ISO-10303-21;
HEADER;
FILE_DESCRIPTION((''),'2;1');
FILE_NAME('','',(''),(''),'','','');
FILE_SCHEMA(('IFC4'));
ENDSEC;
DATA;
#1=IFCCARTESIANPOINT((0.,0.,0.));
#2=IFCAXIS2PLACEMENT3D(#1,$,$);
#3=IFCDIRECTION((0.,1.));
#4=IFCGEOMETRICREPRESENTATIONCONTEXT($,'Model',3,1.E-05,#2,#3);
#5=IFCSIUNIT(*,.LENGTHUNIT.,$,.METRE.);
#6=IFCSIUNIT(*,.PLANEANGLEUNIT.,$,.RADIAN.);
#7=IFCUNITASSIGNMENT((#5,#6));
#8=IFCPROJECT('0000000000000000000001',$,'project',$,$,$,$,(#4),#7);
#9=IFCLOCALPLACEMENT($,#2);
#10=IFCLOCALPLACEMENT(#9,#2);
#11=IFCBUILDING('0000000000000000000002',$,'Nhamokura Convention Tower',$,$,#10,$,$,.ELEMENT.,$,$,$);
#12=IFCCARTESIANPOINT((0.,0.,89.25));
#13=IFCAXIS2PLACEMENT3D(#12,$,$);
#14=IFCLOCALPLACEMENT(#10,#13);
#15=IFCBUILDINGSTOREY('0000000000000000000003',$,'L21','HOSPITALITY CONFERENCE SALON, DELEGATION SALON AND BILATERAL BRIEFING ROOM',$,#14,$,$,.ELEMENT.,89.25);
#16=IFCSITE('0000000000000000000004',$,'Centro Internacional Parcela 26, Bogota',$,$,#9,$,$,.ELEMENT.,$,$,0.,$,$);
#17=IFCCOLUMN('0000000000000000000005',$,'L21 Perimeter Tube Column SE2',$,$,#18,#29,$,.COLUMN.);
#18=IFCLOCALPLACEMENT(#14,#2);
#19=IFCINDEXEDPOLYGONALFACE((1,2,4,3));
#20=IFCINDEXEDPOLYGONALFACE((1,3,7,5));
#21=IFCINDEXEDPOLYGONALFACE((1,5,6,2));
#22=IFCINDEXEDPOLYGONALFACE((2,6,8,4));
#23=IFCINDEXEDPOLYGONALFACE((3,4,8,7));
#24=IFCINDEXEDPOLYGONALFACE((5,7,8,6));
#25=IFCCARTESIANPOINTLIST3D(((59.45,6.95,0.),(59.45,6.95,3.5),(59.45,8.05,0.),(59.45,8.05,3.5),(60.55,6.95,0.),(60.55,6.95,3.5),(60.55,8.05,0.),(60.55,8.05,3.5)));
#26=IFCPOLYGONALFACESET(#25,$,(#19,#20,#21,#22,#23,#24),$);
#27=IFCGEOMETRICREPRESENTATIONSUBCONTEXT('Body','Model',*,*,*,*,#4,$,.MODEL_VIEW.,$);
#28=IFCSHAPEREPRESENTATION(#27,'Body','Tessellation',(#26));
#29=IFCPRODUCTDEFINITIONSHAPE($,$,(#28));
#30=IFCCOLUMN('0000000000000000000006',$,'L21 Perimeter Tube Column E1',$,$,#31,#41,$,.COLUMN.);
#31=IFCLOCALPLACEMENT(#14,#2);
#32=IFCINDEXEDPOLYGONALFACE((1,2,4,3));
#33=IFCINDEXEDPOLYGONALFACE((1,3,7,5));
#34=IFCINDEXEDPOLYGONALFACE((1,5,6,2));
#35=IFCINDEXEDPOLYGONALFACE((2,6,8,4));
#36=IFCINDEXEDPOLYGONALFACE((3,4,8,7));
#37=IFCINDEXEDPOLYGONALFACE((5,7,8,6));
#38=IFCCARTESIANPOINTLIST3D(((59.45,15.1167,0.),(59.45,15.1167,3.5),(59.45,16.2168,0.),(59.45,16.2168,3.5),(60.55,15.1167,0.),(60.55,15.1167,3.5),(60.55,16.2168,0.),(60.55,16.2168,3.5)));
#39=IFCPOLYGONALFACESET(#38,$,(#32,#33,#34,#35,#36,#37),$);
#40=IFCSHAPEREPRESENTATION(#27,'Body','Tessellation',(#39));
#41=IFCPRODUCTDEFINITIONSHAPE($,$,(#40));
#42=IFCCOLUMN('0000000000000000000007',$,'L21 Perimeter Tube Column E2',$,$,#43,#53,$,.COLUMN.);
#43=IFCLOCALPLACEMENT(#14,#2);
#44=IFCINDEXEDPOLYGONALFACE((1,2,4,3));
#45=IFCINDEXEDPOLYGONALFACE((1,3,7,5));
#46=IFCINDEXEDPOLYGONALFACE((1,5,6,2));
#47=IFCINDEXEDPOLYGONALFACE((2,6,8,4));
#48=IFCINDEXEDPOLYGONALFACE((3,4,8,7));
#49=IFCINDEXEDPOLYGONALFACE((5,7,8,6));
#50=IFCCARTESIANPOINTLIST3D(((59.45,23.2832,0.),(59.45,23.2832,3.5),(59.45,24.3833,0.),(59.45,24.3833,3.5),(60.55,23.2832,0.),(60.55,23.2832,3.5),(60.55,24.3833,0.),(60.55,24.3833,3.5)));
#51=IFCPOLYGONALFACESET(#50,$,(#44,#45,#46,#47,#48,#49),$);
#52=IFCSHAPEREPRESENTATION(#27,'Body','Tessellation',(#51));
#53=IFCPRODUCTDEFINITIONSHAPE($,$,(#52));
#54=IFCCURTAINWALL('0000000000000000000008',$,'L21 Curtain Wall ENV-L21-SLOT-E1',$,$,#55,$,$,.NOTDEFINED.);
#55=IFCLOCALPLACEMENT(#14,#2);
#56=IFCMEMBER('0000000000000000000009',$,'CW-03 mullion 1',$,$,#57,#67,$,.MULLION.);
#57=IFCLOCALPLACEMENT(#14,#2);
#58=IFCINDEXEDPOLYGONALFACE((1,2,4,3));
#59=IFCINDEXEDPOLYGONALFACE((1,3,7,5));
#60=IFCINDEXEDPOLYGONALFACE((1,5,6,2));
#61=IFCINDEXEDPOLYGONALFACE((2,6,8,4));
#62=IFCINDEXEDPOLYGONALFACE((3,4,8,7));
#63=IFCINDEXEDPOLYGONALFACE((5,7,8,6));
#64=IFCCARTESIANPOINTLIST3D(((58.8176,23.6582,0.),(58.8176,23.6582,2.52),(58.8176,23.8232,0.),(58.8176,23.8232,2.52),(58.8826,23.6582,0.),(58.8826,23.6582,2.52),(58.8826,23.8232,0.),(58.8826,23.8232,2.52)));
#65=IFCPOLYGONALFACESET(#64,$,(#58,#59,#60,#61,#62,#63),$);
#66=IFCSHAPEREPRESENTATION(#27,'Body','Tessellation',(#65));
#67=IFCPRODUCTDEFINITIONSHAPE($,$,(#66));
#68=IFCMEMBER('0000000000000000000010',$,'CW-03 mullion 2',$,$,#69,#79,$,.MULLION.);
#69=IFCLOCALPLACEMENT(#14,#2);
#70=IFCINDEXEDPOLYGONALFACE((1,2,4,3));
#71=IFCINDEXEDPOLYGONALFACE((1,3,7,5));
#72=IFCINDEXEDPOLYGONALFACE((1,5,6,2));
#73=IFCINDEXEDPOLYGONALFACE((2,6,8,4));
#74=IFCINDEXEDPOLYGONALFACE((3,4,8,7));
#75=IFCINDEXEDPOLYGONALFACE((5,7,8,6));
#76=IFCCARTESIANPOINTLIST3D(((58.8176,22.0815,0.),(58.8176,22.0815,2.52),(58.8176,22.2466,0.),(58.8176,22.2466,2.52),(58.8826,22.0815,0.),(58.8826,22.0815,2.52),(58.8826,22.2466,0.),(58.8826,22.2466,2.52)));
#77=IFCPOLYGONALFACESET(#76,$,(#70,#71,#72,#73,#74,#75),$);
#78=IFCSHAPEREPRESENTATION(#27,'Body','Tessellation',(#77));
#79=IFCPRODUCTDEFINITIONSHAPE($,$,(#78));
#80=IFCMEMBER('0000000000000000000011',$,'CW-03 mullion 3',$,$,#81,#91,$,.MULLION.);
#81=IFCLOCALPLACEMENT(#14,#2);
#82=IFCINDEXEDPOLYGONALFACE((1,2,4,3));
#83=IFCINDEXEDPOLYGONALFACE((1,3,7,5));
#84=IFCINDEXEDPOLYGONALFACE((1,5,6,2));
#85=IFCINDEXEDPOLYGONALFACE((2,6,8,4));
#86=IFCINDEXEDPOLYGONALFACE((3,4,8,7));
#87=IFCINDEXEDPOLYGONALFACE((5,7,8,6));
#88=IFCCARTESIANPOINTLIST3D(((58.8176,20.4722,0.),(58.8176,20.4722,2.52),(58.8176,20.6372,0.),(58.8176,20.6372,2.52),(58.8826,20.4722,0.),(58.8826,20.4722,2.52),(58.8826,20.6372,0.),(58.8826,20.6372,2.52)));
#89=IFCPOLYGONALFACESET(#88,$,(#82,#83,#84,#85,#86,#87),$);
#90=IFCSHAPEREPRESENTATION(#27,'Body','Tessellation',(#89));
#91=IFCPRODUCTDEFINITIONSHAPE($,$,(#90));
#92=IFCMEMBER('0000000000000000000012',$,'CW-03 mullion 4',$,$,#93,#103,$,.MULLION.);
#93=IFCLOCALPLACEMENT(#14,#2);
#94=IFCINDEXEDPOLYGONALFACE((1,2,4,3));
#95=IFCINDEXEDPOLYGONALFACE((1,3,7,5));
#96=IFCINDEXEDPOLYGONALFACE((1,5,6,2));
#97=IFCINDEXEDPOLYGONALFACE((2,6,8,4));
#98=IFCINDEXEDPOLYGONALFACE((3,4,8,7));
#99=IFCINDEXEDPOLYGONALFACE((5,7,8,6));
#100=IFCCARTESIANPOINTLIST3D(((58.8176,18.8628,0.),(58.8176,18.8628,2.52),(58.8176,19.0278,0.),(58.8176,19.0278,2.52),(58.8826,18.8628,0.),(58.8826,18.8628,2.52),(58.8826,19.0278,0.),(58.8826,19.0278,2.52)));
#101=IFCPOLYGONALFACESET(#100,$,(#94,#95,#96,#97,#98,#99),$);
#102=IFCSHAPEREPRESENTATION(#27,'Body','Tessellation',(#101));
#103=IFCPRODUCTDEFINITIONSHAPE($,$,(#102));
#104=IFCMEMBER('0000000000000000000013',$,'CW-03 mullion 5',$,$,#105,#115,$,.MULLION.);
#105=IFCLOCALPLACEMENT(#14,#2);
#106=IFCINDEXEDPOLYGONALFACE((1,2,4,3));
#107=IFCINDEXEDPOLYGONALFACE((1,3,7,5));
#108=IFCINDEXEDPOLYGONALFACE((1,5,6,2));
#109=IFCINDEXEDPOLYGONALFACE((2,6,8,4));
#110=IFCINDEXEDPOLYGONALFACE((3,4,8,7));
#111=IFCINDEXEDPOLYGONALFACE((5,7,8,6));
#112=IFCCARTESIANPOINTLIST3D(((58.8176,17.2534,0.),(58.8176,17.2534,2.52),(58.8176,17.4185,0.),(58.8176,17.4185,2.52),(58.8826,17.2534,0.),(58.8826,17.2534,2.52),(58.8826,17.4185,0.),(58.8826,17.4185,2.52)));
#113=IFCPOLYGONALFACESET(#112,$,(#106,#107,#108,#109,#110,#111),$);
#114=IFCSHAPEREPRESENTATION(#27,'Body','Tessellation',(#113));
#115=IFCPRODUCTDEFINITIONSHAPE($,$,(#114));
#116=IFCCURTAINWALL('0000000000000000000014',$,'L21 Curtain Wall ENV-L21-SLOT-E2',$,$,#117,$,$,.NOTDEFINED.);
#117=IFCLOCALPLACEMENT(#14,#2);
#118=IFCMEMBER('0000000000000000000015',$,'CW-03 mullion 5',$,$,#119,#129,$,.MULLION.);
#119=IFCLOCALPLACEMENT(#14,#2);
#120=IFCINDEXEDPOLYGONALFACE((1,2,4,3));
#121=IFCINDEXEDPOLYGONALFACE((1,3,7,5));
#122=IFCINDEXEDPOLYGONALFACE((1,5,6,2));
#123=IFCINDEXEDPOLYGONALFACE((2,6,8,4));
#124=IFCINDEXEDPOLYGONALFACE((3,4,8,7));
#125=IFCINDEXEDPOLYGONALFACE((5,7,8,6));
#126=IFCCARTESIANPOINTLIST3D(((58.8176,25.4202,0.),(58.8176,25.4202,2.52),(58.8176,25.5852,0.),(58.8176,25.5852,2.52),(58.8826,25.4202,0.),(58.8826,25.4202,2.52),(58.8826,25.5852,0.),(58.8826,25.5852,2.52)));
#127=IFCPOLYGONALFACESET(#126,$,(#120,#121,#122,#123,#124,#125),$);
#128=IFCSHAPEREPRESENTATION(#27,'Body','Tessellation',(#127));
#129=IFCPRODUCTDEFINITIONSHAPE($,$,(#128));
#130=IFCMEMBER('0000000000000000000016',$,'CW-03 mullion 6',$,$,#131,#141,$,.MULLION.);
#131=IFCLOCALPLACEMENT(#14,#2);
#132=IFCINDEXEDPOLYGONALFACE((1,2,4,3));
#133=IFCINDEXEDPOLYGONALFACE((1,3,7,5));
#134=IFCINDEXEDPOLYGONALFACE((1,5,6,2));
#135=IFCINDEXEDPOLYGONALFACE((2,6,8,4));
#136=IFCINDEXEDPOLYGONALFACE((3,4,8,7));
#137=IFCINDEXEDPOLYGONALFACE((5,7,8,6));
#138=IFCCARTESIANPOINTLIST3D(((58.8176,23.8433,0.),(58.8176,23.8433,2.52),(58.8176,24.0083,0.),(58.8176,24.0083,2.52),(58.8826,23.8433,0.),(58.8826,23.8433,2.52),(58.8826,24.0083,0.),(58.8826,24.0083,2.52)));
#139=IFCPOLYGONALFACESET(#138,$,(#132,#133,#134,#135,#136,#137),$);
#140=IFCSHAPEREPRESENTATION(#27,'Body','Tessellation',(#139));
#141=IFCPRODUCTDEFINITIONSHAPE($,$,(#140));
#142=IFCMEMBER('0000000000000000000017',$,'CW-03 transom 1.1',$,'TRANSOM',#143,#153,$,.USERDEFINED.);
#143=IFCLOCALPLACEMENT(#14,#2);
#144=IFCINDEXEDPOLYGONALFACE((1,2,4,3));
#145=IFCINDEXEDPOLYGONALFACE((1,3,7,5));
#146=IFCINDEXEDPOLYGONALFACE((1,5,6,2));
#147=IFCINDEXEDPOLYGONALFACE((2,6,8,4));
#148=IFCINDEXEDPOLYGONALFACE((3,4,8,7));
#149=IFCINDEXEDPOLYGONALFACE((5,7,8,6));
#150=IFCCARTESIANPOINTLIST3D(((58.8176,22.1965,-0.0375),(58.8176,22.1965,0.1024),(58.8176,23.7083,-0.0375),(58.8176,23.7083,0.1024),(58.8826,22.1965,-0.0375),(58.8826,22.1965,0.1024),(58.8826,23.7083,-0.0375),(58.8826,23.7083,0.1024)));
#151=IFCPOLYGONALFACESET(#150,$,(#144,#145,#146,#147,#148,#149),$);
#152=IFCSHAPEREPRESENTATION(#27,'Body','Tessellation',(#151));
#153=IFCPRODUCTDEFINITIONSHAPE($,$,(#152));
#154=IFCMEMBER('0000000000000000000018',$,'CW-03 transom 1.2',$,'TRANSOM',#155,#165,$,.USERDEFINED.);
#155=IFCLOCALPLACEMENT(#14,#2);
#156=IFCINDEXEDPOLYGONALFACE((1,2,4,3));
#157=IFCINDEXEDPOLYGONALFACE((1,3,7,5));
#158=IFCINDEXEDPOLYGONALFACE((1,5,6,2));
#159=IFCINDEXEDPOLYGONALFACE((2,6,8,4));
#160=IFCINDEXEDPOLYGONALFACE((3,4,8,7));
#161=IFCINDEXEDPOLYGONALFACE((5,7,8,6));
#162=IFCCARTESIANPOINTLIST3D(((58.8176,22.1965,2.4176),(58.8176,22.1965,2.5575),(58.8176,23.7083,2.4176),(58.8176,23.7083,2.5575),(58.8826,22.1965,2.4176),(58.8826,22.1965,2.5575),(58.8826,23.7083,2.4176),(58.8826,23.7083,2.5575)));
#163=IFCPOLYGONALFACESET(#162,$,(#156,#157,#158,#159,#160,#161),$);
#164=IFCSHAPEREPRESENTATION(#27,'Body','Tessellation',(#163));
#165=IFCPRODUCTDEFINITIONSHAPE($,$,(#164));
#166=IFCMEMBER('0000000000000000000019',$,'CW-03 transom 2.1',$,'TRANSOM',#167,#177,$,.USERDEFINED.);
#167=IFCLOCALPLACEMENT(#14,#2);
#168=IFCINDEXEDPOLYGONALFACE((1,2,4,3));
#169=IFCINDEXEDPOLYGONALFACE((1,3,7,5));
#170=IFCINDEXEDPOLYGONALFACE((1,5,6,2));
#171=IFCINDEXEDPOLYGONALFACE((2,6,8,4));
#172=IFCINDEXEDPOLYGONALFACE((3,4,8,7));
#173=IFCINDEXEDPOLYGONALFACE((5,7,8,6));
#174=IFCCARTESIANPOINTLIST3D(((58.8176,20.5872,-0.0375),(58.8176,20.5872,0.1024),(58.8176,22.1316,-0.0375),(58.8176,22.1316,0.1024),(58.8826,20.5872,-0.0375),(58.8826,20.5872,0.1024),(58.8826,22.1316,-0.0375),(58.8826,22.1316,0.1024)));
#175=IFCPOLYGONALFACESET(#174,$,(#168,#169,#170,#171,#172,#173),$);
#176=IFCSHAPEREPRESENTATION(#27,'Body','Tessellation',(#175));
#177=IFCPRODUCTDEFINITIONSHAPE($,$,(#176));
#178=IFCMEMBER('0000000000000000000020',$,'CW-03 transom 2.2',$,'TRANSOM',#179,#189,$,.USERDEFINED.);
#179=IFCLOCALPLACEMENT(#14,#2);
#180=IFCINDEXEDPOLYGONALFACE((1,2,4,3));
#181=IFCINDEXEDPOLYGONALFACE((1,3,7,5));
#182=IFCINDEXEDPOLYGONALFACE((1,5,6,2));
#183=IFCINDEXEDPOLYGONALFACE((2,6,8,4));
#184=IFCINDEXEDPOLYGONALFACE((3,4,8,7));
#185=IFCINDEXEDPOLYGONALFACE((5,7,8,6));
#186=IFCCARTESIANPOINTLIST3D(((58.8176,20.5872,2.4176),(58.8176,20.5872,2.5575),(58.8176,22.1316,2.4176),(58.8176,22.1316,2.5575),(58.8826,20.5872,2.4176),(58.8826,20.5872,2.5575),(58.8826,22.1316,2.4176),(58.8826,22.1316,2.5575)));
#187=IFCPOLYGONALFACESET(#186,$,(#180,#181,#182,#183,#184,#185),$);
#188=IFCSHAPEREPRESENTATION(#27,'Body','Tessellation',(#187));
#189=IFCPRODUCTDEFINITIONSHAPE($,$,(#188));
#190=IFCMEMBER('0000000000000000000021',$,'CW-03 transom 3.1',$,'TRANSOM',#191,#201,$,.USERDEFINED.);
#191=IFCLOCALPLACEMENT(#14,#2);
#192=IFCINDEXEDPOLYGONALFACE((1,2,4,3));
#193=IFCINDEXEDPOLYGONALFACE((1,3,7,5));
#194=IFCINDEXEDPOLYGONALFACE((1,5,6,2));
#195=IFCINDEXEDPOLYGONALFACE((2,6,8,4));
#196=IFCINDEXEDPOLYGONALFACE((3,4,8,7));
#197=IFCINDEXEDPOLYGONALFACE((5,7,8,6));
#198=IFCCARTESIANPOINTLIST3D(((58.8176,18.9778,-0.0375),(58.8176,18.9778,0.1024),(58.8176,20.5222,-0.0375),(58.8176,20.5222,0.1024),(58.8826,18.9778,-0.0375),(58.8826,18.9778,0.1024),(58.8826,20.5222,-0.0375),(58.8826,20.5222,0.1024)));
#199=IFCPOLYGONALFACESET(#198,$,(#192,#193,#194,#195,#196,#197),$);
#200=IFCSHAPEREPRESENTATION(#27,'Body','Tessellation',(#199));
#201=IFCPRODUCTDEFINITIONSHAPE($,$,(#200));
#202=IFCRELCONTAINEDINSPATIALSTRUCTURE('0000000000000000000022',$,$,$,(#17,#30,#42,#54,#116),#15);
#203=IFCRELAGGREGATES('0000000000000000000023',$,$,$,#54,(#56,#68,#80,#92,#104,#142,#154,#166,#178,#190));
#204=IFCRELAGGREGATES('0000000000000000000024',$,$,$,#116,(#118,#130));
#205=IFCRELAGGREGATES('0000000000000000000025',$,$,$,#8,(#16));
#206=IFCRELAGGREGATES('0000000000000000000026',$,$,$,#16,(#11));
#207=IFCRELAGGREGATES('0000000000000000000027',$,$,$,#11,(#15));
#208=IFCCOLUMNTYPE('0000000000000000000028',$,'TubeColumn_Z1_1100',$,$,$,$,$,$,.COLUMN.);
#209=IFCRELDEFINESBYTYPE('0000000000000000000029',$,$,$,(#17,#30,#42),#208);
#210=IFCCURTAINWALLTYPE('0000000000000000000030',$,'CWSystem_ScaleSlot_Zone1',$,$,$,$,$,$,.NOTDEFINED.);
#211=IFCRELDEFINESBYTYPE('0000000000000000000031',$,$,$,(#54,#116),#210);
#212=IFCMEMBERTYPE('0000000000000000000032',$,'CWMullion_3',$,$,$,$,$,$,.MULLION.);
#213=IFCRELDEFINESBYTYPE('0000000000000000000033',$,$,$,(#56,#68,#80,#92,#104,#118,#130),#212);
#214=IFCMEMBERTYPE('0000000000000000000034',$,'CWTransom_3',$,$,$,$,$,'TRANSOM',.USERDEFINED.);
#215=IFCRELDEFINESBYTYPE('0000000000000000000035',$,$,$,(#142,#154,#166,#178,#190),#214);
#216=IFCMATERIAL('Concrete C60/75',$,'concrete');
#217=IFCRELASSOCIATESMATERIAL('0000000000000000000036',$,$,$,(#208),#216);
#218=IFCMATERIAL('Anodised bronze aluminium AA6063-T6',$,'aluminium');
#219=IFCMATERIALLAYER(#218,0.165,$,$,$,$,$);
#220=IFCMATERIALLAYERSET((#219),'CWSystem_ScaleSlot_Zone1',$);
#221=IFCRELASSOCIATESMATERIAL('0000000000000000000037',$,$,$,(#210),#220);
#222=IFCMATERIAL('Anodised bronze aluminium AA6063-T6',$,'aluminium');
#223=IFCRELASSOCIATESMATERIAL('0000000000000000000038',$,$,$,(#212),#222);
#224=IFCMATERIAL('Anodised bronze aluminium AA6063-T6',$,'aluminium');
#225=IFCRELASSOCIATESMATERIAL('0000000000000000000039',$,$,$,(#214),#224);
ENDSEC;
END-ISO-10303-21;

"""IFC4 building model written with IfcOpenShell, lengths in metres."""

from ifc_helpers import new_model, si_unit, direction, frame, origin, origin_2d, place, context, subcontext, project, spatial, rectangle, extrude, material, layer, layer_set, material_profile, profile_set, type_object, element, aggregate, save


model = new_model("IFC4")

# Units and contexts
model_context = context("Model", 3, precision=1e-05, world=origin(), true_north=direction((0.0, 1.0)))
body_context = subcontext(model_context, "Body", "Model", "MODEL_VIEW")
ifc_project = project(units=[si_unit("LENGTHUNIT", "METRE"), si_unit("PLANEANGLEUNIT", "RADIAN")], contexts=[model_context])

# Site, building, storey
site_placement = place(None, origin())
site = spatial("IfcSite", under=ifc_project, at=site_placement, Name="Centro Internacional Parcela 26, Bogota", CompositionType="ELEMENT", RefElevation=0.0)
building_placement = place(site_placement, origin())
building = spatial("IfcBuilding", under=site, at=building_placement, Name="Nhamokura Convention Tower", CompositionType="ELEMENT")
storey_placement = place(building_placement, frame((0.0, 0.0, 89.25)))
storey = spatial("IfcBuildingStorey", under=building, at=storey_placement, Name="L21", Description="HOSPITALITY CONFERENCE SALON, DELEGATION SALON AND BILATERAL BRIEFING ROOM", CompositionType="ELEMENT", Elevation=89.25)

# Columns
ifc_material_1 = material(Name="Concrete C60/75", Category="concrete")
ifc_material_profile_1 = material_profile(ifc_material_1, rectangle(XDim=1.1001, YDim=1.1001, at=origin_2d()))
ifc_profile_set_1 = profile_set([ifc_material_profile_1], Name="Concrete C60/75")
column_type = type_object("IfcColumnType", Name="TubeColumn_Z1_1100", PredefinedType="COLUMN", material=ifc_profile_set_1)
for number, where, z_axis, x_axis, name in (
    (1, (60.0, 7.5, 0.0), (0.0, 0.0, 1.0), (1.0, 0.0, 0.0), "L21 Perimeter Tube Column SE2"),
    (2, (60.0, 15.6667, 0.0), (0.0, 0.0, 1.0), (1.0, 0.0, 0.0), "L21 Perimeter Tube Column E1"),
    (3, (60.0, 23.8333, 0.0), (0.0, 0.0, 1.0), (1.0, 0.0, 0.0), "L21 Perimeter Tube Column E2"),
):
    element("IfcColumn", number, at=place(storey_placement, frame(where, z_axis=z_axis, x_axis=x_axis)), inside=storey, type_object=column_type, Name=name, PredefinedType="COLUMN", context=body_context, shape_type="SweptSolid", body=[
        extrude(rectangle(XDim=1.1001, YDim=1.1001, at=origin_2d()), origin(), (0.0, 0.0, 1.0), 3.5),
    ])

# Curtain walls, members
ifc_material_2 = material(Name="Anodised bronze aluminium AA6063-T6", Category="aluminium")
ifc_layer_1 = layer(ifc_material_2, 0.165)
ifc_layer_set_1 = layer_set([ifc_layer_1], Name="CWSystem_ScaleSlot_Zone1")
curtain_wall_type = type_object("IfcCurtainWallType", Name="CWSystem_ScaleSlot_Zone1", PredefinedType="NOTDEFINED", material=ifc_layer_set_1)
curtain_wall_1_placement = place(storey_placement, origin())
curtain_wall_1 = element("IfcCurtainWall", 4, at=curtain_wall_1_placement, inside=storey, type_object=curtain_wall_type, Name="L21 Curtain Wall ENV-L21-SLOT-E1", PredefinedType="NOTDEFINED")
ifc_material_3 = material(Name="Anodised bronze aluminium AA6063-T6", Category="aluminium")
ifc_material_profile_2 = material_profile(ifc_material_3, rectangle(XDim=0.0649, YDim=0.165, at=origin_2d()))
ifc_profile_set_2 = profile_set([ifc_material_profile_2], Name="Anodised bronze aluminium AA6063-T6")
member_type_1 = type_object("IfcMemberType", Name="CWMullion_3", PredefinedType="MULLION", material=ifc_profile_set_2)
member_1_placement = place(storey_placement, frame((58.8501, 23.7407, 0.0), z_axis=(0.0, 0.0, 1.0), x_axis=(1.0, 0.0, 0.0)))
member_1 = element("IfcMember", 5, at=member_1_placement, type_object=member_type_1, Name="CW-03 mullion 1", PredefinedType="MULLION", context=body_context, shape_type="SweptSolid", body=[
    extrude(rectangle(XDim=0.0649, YDim=0.165, at=origin_2d()), origin(), (0.0, 0.0, 1.0), 2.52),
])
member_2_placement = place(storey_placement, frame((58.8501, 22.1641, 0.0), z_axis=(0.0, 0.0, 1.0), x_axis=(1.0, 0.0, 0.0)))
member_2 = element("IfcMember", 6, at=member_2_placement, type_object=member_type_1, Name="CW-03 mullion 2", PredefinedType="MULLION", context=body_context, shape_type="SweptSolid", body=[
    extrude(rectangle(XDim=0.0649, YDim=0.165, at=origin_2d()), origin(), (0.0, 0.0, 1.0), 2.52),
])
member_3_placement = place(storey_placement, frame((58.8501, 20.5547, 0.0), z_axis=(0.0, 0.0, 1.0), x_axis=(1.0, 0.0, 0.0)))
member_3 = element("IfcMember", 7, at=member_3_placement, type_object=member_type_1, Name="CW-03 mullion 3", PredefinedType="MULLION", context=body_context, shape_type="SweptSolid", body=[
    extrude(rectangle(XDim=0.0649, YDim=0.165, at=origin_2d()), origin(), (0.0, 0.0, 1.0), 2.52),
])
member_4_placement = place(storey_placement, frame((58.8501, 18.9453, 0.0), z_axis=(0.0, 0.0, 1.0), x_axis=(1.0, 0.0, 0.0)))
member_4 = element("IfcMember", 8, at=member_4_placement, type_object=member_type_1, Name="CW-03 mullion 4", PredefinedType="MULLION", context=body_context, shape_type="SweptSolid", body=[
    extrude(rectangle(XDim=0.0649, YDim=0.165, at=origin_2d()), origin(), (0.0, 0.0, 1.0), 2.52),
])
member_5_placement = place(storey_placement, frame((58.8501, 17.3359, 0.0), z_axis=(0.0, 0.0, 1.0), x_axis=(1.0, 0.0, 0.0)))
member_5 = element("IfcMember", 9, at=member_5_placement, type_object=member_type_1, Name="CW-03 mullion 5", PredefinedType="MULLION", context=body_context, shape_type="SweptSolid", body=[
    extrude(rectangle(XDim=0.0649, YDim=0.165, at=origin_2d()), origin(), (0.0, 0.0, 1.0), 2.52),
])
curtain_wall_2_placement = place(storey_placement, origin())
curtain_wall_2 = element("IfcCurtainWall", 10, at=curtain_wall_2_placement, inside=storey, type_object=curtain_wall_type, Name="L21 Curtain Wall ENV-L21-SLOT-E2", PredefinedType="NOTDEFINED")
member_6_placement = place(storey_placement, frame((58.8501, 25.5027, 0.0), z_axis=(0.0, 0.0, 1.0), x_axis=(1.0, 0.0, 0.0)))
member_6 = element("IfcMember", 11, at=member_6_placement, type_object=member_type_1, Name="CW-03 mullion 5", PredefinedType="MULLION", context=body_context, shape_type="SweptSolid", body=[
    extrude(rectangle(XDim=0.0649, YDim=0.165, at=origin_2d()), origin(), (0.0, 0.0, 1.0), 2.52),
])
member_7_placement = place(storey_placement, frame((58.8501, 23.9258, 0.0), z_axis=(0.0, 0.0, 1.0), x_axis=(1.0, 0.0, 0.0)))
member_7 = element("IfcMember", 12, at=member_7_placement, type_object=member_type_1, Name="CW-03 mullion 6", PredefinedType="MULLION", context=body_context, shape_type="SweptSolid", body=[
    extrude(rectangle(XDim=0.0649, YDim=0.165, at=origin_2d()), origin(), (0.0, 0.0, 1.0), 2.52),
])

# Members
ifc_material_4 = material(Name="Anodised bronze aluminium AA6063-T6", Category="aluminium")
ifc_material_profile_3 = material_profile(ifc_material_4, rectangle(XDim=0.0649, YDim=0.1399, at=origin_2d()))
ifc_profile_set_3 = profile_set([ifc_material_profile_3], Name="Anodised bronze aluminium AA6063-T6")
member_type_2 = type_object("IfcMemberType", Name="CWTransom_3", ElementType="TRANSOM", PredefinedType="USERDEFINED", material=ifc_profile_set_3)
member_8_placement = place(storey_placement, frame((58.8501, 23.7083, 0.0325), z_axis=(0.0, -1.0, 0.0), x_axis=(1.0, 0.0, 0.0)))
member_8 = element("IfcMember", 13, at=member_8_placement, type_object=member_type_2, Name="CW-03 transom 1.1", ObjectType="TRANSOM", PredefinedType="USERDEFINED", context=body_context, shape_type="SweptSolid", body=[
    extrude(rectangle(XDim=0.0649, YDim=0.1399, at=origin_2d()), origin(), (0.0, 0.0, 1.0), 1.5117),
])
member_9_placement = place(storey_placement, frame((58.8501, 23.7083, 2.4875), z_axis=(0.0, -1.0, 0.0), x_axis=(1.0, 0.0, 0.0)))
member_9 = element("IfcMember", 14, at=member_9_placement, type_object=member_type_2, Name="CW-03 transom 1.2", ObjectType="TRANSOM", PredefinedType="USERDEFINED", context=body_context, shape_type="SweptSolid", body=[
    extrude(rectangle(XDim=0.0649, YDim=0.1399, at=origin_2d()), origin(), (0.0, 0.0, 1.0), 1.5117),
])
member_10_placement = place(storey_placement, frame((58.8501, 22.1316, 0.0325), z_axis=(0.0, -1.0, 0.0), x_axis=(1.0, 0.0, 0.0)))
member_10 = element("IfcMember", 15, at=member_10_placement, type_object=member_type_2, Name="CW-03 transom 2.1", ObjectType="TRANSOM", PredefinedType="USERDEFINED", context=body_context, shape_type="SweptSolid", body=[
    extrude(rectangle(XDim=0.0649, YDim=0.1399, at=origin_2d()), origin(), (0.0, 0.0, 1.0), 1.5444),
])
member_11_placement = place(storey_placement, frame((58.8501, 22.1316, 2.4875), z_axis=(0.0, -1.0, 0.0), x_axis=(1.0, 0.0, 0.0)))
member_11 = element("IfcMember", 16, at=member_11_placement, type_object=member_type_2, Name="CW-03 transom 2.2", ObjectType="TRANSOM", PredefinedType="USERDEFINED", context=body_context, shape_type="SweptSolid", body=[
    extrude(rectangle(XDim=0.0649, YDim=0.1399, at=origin_2d()), origin(), (0.0, 0.0, 1.0), 1.5444),
])
member_12_placement = place(storey_placement, frame((58.8501, 20.5222, 0.0325), z_axis=(0.0, -1.0, 0.0), x_axis=(1.0, 0.0, 0.0)))
member_12 = element("IfcMember", 17, at=member_12_placement, type_object=member_type_2, Name="CW-03 transom 3.1", ObjectType="TRANSOM", PredefinedType="USERDEFINED", context=body_context, shape_type="SweptSolid", body=[
    extrude(rectangle(XDim=0.0649, YDim=0.1399, at=origin_2d()), origin(), (0.0, 0.0, 1.0), 1.5444),
])

aggregate(curtain_wall_1, [member_1, member_2, member_3, member_4, member_5, member_8, member_9, member_10, member_11, member_12])
aggregate(curtain_wall_2, [member_6, member_7])

save(model, "model.ifc")
